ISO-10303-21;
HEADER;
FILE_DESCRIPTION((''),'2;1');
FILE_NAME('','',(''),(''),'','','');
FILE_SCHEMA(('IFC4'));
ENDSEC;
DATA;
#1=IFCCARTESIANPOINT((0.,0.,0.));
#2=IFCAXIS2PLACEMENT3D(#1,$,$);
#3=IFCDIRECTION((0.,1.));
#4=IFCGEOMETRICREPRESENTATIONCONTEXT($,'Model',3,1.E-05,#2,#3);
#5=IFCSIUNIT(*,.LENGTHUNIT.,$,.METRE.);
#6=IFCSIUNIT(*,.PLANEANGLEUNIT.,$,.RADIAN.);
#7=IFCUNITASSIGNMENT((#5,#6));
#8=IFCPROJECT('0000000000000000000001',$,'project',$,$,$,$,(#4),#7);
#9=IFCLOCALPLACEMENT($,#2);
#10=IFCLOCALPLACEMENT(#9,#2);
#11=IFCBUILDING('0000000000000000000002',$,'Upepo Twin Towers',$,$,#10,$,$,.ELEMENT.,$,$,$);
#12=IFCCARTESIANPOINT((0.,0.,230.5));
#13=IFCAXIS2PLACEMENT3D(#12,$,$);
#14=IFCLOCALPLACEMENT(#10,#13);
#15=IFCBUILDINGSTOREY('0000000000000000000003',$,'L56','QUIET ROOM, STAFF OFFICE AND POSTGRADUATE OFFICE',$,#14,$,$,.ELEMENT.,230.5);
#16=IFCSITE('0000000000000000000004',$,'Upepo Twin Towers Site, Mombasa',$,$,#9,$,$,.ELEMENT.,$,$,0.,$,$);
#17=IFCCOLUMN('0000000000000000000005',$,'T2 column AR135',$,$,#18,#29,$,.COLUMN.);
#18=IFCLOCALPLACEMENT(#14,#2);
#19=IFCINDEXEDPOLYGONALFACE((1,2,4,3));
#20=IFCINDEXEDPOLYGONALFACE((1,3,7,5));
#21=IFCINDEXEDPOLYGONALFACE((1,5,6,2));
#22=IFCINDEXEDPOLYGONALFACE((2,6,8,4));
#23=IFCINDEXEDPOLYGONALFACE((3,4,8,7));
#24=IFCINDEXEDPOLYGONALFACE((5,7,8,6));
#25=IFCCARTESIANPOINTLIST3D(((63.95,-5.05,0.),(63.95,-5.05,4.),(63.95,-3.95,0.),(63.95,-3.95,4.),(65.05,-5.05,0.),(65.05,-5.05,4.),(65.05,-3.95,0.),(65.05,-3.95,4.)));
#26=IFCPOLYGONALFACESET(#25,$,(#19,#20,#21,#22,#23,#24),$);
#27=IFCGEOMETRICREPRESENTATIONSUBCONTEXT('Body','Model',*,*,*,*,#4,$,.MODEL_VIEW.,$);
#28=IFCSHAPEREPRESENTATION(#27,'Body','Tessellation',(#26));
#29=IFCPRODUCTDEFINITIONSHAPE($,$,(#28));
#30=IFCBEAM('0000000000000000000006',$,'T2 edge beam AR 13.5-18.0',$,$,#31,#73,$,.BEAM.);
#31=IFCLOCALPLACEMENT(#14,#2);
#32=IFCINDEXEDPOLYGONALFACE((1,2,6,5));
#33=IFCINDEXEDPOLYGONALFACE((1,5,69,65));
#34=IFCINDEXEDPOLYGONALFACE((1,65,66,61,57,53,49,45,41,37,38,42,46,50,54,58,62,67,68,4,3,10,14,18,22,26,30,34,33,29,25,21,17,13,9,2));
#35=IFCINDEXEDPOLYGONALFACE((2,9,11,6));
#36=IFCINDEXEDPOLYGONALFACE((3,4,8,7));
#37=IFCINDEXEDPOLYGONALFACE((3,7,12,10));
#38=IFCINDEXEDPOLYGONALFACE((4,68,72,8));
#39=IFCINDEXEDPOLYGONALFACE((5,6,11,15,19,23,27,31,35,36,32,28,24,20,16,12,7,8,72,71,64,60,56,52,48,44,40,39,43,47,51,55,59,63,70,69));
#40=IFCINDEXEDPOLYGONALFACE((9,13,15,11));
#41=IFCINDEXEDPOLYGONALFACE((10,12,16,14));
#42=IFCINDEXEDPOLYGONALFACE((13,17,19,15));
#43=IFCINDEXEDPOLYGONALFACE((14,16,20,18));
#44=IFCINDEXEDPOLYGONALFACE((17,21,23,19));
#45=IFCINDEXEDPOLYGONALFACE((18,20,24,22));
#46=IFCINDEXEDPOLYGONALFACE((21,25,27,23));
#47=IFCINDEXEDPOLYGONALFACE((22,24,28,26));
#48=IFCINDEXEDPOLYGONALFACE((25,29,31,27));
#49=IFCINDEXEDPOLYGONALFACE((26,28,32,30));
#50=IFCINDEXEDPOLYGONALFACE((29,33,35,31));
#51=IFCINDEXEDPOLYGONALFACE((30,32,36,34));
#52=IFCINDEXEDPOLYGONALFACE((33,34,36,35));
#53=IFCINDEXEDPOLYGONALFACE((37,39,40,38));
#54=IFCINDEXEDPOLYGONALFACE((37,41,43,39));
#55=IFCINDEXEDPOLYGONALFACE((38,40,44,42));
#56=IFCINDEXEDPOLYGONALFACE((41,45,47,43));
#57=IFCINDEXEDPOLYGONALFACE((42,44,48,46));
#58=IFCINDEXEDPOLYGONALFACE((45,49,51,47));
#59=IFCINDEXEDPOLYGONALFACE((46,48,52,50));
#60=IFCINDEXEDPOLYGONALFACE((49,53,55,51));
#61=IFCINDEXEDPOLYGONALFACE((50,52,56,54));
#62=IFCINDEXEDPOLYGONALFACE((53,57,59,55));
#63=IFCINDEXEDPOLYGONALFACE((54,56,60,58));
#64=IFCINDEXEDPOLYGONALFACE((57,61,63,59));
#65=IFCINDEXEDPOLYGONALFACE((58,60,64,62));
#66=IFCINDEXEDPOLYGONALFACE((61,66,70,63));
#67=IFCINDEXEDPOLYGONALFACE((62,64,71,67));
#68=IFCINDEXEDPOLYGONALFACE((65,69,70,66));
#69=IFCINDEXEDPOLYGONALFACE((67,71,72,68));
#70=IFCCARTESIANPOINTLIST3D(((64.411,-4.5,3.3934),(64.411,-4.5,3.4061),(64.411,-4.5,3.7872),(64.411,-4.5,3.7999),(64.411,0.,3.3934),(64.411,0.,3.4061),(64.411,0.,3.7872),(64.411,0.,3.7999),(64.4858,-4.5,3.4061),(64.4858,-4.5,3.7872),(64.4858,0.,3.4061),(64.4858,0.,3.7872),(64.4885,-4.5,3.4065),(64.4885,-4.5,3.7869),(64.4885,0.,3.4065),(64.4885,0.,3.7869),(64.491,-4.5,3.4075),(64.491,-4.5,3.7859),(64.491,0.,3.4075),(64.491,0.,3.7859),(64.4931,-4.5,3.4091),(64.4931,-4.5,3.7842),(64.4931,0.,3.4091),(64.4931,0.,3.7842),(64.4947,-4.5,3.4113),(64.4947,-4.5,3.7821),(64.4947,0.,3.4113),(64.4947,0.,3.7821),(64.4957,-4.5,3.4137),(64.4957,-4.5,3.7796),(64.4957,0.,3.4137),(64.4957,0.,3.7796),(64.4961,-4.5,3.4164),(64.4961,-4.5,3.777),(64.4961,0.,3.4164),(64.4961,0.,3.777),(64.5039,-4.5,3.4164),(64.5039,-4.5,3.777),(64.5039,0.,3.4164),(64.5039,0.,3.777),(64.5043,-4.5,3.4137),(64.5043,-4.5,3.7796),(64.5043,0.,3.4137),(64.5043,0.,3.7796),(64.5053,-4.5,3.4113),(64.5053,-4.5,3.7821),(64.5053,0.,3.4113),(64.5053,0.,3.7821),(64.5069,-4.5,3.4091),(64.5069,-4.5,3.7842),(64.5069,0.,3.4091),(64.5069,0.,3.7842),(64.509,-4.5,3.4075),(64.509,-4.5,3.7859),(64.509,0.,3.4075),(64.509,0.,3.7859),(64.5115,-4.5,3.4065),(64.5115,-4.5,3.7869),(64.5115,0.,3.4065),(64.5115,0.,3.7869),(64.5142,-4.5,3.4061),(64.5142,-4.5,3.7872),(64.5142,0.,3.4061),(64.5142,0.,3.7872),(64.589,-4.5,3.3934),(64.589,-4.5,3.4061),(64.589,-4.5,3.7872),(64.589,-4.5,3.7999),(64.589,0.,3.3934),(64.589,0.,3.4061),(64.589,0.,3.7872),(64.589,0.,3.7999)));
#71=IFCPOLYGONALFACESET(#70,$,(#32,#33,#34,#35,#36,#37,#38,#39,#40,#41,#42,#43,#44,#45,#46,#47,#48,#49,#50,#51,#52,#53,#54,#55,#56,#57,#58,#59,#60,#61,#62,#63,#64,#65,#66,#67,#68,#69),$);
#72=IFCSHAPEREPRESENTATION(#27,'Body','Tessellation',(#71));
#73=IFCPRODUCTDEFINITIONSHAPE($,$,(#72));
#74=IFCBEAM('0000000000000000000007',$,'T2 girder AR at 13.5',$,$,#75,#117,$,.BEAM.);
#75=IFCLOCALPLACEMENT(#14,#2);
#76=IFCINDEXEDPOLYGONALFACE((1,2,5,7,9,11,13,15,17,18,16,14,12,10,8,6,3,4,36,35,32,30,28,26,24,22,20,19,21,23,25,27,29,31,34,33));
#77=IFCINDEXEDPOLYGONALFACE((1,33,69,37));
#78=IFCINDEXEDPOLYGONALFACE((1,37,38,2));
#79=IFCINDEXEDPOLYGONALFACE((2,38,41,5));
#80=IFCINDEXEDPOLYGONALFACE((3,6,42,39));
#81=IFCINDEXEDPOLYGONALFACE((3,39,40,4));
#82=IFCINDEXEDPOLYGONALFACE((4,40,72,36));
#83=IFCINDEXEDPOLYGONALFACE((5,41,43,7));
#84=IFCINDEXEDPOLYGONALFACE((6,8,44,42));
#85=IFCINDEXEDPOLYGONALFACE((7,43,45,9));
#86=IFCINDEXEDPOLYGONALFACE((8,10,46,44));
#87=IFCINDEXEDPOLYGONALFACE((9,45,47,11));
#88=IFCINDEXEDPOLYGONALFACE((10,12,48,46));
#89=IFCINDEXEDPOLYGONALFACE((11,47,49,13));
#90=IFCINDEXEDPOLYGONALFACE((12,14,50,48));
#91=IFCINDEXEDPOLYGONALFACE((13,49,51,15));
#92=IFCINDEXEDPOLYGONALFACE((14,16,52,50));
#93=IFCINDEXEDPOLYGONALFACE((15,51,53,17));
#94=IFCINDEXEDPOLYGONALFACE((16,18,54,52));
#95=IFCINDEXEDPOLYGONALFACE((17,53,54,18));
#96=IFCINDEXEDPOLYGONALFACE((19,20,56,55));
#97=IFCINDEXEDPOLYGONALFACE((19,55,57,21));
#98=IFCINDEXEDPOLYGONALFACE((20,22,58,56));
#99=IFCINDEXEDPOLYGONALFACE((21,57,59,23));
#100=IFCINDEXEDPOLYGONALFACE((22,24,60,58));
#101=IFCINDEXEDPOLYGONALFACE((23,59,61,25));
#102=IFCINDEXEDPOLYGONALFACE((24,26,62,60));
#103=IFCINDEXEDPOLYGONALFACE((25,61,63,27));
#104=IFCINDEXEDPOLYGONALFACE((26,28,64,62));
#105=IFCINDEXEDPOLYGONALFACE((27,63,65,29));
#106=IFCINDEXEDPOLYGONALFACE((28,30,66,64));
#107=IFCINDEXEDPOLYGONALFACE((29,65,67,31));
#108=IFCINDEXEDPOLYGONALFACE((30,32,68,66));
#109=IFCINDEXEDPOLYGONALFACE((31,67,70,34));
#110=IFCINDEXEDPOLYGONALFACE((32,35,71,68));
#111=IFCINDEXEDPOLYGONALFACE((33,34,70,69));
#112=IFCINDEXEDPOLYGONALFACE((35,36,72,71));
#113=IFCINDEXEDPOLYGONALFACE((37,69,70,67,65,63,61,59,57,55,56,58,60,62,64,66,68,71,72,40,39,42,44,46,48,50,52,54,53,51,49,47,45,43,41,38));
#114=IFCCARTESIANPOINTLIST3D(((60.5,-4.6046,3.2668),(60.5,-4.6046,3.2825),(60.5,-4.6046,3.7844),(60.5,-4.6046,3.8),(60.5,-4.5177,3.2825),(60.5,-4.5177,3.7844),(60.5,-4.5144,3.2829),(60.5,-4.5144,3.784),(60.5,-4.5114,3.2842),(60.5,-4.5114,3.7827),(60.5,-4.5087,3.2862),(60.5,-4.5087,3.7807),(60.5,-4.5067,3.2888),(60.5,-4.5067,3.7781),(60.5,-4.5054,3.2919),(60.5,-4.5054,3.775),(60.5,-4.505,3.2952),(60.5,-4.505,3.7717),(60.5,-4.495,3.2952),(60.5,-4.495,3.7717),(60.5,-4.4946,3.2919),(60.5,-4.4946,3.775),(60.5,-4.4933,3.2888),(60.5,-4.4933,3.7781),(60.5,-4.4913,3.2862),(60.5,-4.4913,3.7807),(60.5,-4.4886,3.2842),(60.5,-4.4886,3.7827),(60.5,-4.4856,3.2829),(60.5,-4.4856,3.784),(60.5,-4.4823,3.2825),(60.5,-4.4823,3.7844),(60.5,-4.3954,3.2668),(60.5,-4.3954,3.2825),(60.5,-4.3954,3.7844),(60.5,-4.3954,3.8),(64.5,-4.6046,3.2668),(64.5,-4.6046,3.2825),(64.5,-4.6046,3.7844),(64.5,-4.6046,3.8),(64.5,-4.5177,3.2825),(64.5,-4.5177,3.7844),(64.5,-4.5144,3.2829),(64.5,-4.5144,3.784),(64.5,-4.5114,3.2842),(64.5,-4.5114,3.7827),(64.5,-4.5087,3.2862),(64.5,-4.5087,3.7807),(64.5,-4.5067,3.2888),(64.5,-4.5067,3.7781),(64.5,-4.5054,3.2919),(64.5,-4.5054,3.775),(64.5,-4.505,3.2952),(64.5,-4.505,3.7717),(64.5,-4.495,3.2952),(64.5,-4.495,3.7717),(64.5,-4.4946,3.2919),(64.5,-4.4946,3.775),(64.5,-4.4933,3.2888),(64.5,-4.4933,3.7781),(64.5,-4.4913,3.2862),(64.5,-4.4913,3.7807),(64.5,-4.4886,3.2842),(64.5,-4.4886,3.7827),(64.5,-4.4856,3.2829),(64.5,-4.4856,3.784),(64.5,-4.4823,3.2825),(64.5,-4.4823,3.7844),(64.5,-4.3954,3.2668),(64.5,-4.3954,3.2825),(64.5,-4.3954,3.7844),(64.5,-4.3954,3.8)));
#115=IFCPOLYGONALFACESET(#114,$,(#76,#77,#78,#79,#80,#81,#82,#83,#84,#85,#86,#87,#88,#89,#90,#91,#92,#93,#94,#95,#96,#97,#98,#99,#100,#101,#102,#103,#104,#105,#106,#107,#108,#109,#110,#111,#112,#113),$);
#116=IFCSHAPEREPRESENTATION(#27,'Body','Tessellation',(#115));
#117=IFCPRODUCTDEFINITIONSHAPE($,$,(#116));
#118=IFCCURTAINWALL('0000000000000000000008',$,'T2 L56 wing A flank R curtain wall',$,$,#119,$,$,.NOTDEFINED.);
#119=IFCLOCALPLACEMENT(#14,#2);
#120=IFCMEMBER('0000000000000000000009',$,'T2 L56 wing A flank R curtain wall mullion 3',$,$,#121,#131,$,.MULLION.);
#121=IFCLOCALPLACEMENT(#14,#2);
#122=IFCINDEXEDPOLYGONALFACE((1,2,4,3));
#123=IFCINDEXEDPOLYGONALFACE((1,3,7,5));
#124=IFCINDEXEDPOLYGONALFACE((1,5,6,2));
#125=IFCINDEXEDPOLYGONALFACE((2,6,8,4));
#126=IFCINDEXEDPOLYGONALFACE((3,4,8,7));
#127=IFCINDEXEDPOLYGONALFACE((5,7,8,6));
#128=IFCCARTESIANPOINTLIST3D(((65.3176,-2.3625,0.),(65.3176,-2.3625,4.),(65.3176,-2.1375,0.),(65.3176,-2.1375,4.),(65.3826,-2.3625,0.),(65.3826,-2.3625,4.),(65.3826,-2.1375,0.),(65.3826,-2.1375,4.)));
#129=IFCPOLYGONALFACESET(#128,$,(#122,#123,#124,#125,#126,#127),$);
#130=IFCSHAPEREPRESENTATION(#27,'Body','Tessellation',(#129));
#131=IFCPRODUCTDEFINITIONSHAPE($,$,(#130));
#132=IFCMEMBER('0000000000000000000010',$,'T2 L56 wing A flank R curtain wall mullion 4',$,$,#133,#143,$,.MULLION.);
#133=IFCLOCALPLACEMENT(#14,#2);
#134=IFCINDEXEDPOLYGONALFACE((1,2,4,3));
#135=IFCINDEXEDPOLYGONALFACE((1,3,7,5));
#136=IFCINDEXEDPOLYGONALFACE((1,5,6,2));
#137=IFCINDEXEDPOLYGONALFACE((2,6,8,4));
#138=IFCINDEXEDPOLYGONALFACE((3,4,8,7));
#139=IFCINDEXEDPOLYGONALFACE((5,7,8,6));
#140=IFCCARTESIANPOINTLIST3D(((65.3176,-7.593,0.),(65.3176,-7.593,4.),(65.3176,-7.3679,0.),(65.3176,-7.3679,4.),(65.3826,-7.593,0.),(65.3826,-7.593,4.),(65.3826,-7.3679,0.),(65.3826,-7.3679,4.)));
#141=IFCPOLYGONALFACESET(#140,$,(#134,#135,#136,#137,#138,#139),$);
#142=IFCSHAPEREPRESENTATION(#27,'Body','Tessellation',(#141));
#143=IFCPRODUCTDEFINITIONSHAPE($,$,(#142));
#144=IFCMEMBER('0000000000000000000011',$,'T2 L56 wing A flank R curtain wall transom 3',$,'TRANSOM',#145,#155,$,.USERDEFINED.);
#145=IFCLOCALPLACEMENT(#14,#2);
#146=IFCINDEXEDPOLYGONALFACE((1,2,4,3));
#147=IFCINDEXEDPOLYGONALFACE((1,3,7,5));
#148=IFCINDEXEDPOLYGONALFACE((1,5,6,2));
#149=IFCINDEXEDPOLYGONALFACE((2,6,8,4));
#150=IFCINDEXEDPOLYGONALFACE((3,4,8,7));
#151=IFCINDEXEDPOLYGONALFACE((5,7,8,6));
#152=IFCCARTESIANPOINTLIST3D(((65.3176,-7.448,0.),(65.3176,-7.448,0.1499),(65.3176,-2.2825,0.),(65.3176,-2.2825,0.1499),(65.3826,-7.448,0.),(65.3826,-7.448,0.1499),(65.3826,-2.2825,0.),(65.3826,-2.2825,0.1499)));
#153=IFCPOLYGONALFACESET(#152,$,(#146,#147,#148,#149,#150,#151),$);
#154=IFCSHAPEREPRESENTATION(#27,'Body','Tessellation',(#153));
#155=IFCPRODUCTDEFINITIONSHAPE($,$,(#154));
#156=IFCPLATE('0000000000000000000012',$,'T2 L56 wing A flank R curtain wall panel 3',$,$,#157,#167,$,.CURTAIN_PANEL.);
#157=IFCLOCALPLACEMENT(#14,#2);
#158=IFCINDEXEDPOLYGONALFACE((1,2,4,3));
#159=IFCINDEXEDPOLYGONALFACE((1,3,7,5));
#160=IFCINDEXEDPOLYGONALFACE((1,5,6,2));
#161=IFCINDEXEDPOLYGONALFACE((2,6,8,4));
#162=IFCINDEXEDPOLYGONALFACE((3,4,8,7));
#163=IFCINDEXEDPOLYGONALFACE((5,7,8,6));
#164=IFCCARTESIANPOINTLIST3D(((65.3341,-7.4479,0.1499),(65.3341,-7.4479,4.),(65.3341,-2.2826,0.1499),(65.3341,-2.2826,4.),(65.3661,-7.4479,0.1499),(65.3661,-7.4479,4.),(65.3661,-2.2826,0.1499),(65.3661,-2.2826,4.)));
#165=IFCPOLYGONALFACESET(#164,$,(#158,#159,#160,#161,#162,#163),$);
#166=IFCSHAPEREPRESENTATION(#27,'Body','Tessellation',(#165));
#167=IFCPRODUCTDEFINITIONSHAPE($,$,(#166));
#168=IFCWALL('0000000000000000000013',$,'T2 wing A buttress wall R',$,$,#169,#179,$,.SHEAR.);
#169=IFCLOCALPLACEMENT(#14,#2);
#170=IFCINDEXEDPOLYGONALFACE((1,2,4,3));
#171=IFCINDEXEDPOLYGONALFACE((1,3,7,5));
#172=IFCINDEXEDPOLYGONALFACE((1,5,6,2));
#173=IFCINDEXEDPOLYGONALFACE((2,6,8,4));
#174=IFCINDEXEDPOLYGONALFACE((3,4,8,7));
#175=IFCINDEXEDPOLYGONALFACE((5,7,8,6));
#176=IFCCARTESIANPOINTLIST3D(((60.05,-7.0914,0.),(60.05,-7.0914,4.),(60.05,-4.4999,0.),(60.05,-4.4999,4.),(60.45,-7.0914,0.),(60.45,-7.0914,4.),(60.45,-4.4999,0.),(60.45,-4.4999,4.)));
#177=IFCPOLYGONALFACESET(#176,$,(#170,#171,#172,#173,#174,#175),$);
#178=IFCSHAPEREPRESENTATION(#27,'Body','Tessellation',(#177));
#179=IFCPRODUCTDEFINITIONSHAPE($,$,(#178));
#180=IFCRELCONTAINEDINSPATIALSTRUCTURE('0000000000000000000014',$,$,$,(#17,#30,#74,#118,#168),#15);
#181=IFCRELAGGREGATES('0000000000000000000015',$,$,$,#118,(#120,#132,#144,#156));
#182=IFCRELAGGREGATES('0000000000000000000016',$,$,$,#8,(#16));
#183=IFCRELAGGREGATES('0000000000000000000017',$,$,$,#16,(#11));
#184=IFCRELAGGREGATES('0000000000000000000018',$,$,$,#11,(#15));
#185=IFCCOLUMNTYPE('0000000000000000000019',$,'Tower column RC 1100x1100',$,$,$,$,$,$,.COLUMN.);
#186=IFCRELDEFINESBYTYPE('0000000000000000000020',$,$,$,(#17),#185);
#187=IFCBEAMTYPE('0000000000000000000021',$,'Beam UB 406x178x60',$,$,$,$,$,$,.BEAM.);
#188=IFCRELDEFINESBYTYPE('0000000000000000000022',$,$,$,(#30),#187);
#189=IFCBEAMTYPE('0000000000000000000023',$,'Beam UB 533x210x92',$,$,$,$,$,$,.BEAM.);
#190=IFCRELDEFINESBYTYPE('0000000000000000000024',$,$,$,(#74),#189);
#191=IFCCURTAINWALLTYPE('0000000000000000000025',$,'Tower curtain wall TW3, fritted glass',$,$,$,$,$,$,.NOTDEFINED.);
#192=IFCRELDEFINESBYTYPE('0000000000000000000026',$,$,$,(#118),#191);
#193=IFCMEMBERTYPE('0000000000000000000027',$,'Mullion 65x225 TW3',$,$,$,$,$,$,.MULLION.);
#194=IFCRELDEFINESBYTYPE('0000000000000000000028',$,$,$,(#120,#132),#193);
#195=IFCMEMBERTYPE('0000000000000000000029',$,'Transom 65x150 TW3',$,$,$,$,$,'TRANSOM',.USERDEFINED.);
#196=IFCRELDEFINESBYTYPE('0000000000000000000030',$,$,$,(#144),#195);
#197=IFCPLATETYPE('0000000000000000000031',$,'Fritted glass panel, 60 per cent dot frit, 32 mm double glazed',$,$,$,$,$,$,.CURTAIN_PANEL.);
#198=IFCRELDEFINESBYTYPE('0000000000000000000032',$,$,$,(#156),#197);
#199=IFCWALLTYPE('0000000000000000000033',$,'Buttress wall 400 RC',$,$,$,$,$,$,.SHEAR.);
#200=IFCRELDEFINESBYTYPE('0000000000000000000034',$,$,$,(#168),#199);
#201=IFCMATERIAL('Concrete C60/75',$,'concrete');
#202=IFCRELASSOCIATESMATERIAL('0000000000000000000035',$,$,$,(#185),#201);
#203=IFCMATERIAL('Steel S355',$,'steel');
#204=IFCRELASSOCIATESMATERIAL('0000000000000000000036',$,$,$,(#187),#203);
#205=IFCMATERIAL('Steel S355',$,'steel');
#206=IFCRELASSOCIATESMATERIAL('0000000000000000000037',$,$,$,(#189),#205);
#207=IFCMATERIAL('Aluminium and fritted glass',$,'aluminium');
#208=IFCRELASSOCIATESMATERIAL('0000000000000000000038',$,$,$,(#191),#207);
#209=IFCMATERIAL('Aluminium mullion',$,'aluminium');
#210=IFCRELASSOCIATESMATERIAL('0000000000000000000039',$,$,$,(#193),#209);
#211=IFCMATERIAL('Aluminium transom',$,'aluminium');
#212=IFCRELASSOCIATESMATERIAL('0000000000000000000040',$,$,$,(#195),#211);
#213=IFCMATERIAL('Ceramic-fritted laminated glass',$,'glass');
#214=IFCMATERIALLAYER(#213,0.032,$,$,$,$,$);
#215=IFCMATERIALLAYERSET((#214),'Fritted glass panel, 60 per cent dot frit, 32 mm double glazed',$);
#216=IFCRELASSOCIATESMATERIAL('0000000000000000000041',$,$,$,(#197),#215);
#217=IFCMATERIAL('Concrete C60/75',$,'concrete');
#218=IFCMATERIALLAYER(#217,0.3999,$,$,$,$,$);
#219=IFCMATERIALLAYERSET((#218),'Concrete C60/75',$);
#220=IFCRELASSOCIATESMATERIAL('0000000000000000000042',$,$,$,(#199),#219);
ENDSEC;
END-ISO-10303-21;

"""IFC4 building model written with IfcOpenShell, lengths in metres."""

from ifc_helpers import new_model, si_unit, direction, frame, frame_2d, origin, origin_2d, place, context, subcontext, project, spatial, rectangle, i_section, extrude, material, layer, layer_set, material_profile, profile_set, type_object, element, aggregate, save


model = new_model("IFC4")

# Units and contexts
model_context = context("Model", 3, precision=1e-05, world=origin(), true_north=direction((0.0, 1.0)))
body_context = subcontext(model_context, "Body", "Model", "MODEL_VIEW")
ifc_project = project(units=[si_unit("LENGTHUNIT", "METRE"), si_unit("PLANEANGLEUNIT", "RADIAN")], contexts=[model_context])

# Site, building, storey
site_placement = place(None, origin())
site = spatial("IfcSite", under=ifc_project, at=site_placement, Name="Upepo Twin Towers Site, Mombasa", CompositionType="ELEMENT", RefElevation=0.0)
building_placement = place(site_placement, origin())
building = spatial("IfcBuilding", under=site, at=building_placement, Name="Upepo Twin Towers", CompositionType="ELEMENT")
storey_placement = place(building_placement, frame((0.0, 0.0, 230.5)))
storey = spatial("IfcBuildingStorey", under=building, at=storey_placement, Name="L56", Description="QUIET ROOM, STAFF OFFICE AND POSTGRADUATE OFFICE", CompositionType="ELEMENT", Elevation=230.5)

# Column
ifc_material_1 = material(Name="Concrete C60/75", Category="concrete")
ifc_material_profile_1 = material_profile(ifc_material_1, rectangle(XDim=1.1001, YDim=1.1001, at=origin_2d()), Name="RC 1100x1100")
ifc_profile_set_1 = profile_set([ifc_material_profile_1], Name="Concrete C60/75")
column_type = type_object("IfcColumnType", Name="Tower column RC 1100x1100", PredefinedType="COLUMN", material=ifc_profile_set_1)
column_placement = place(storey_placement, frame((64.5, -4.5, 0.0), z_axis=(0.0, 0.0, 1.0), x_axis=(1.0, 0.0, 0.0)))
element("IfcColumn", 1, at=column_placement, inside=storey, type_object=column_type, Name="T2 column AR135", PredefinedType="COLUMN", context=body_context, shape_type="SweptSolid", body=[
    extrude(rectangle(XDim=1.1001, YDim=1.1001, at=origin_2d()), origin(), (0.0, 0.0, 1.0), 4.0),
])

# Beams
ifc_material_2 = material(Name="Steel S355", Category="steel")
ifc_material_profile_2 = material_profile(ifc_material_2, i_section(OverallWidth=0.178, OverallDepth=0.4065, WebThickness=0.0078, FlangeThickness=0.0127, FilletRadius=0.0103, at=origin_2d()), Name="UB 406x178x60")
ifc_profile_set_2 = profile_set([ifc_material_profile_2], Name="Steel S355")
beam_type_1 = type_object("IfcBeamType", Name="Beam UB 406x178x60", PredefinedType="BEAM", material=ifc_profile_set_2)
beam_1_placement = place(storey_placement, frame((64.5, -4.5, 3.5967), z_axis=(0.0, 1.0, 0.0), x_axis=(-1.0, 0.0, 0.0)))
element("IfcBeam", 2, at=beam_1_placement, inside=storey, type_object=beam_type_1, Name="T2 edge beam AR 13.5-18.0", PredefinedType="BEAM", context=body_context, shape_type="SweptSolid", body=[
    extrude(i_section(OverallWidth=0.178, OverallDepth=0.4065, WebThickness=0.0078, FlangeThickness=0.0127, FilletRadius=0.0103, at=origin_2d()), origin(), (0.0, 0.0, 1.0), 4.5),
])
ifc_material_3 = material(Name="Steel S355", Category="steel")
ifc_material_profile_3 = material_profile(ifc_material_3, i_section(OverallWidth=0.2092, OverallDepth=0.5332, WebThickness=0.01, FlangeThickness=0.0156, FilletRadius=0.0127, at=origin_2d()), Name="UB 533x210x92")
ifc_profile_set_3 = profile_set([ifc_material_profile_3], Name="Steel S355")
beam_type_2 = type_object("IfcBeamType", Name="Beam UB 533x210x92", PredefinedType="BEAM", material=ifc_profile_set_3)
beam_2_placement = place(storey_placement, frame((64.5, -4.5, 3.5334), z_axis=(-1.0, 0.0, 0.0), x_axis=(0.0, -1.0, 0.0)))
element("IfcBeam", 3, at=beam_2_placement, inside=storey, type_object=beam_type_2, Name="T2 girder AR at 13.5", PredefinedType="BEAM", context=body_context, shape_type="SweptSolid", body=[
    extrude(i_section(OverallWidth=0.2092, OverallDepth=0.5332, WebThickness=0.01, FlangeThickness=0.0156, FilletRadius=0.0127, at=origin_2d()), origin(), (0.0, 0.0, 1.0), 4.0),
])

# Curtain wall, members, plate
ifc_material_4 = material(Name="Aluminium and fritted glass", Category="aluminium")
curtain_wall_type = type_object("IfcCurtainWallType", Name="Tower curtain wall TW3, fritted glass", PredefinedType="NOTDEFINED", material=ifc_material_4)
curtain_wall_placement = place(storey_placement, origin())
curtain_wall = element("IfcCurtainWall", 4, at=curtain_wall_placement, inside=storey, type_object=curtain_wall_type, Name="T2 L56 wing A flank R curtain wall", PredefinedType="NOTDEFINED")
ifc_material_5 = material(Name="Aluminium mullion", Category="aluminium")
ifc_material_profile_4 = material_profile(ifc_material_5, rectangle(XDim=0.0649, YDim=0.2251, at=origin_2d()), Name="MULLION 65x225")
ifc_profile_set_4 = profile_set([ifc_material_profile_4], Name="Aluminium mullion")
member_type_1 = type_object("IfcMemberType", Name="Mullion 65x225 TW3", PredefinedType="MULLION", material=ifc_profile_set_4)
member_1_placement = place(storey_placement, frame((65.3501, -2.25, 0.0), z_axis=(0.0, 0.0, 1.0), x_axis=(1.0, 0.0, 0.0)))
member_1 = element("IfcMember", 5, at=member_1_placement, type_object=member_type_1, Name="T2 L56 wing A flank R curtain wall mullion 3", PredefinedType="MULLION", context=body_context, shape_type="SweptSolid", body=[
    extrude(rectangle(XDim=0.0649, YDim=0.2251, at=origin_2d()), origin(), (0.0, 0.0, 1.0), 4.0),
])
member_2_placement = place(storey_placement, frame((65.3501, -7.4805, 0.0), z_axis=(0.0, 0.0, 1.0), x_axis=(1.0, 0.0, 0.0)))
member_2 = element("IfcMember", 6, at=member_2_placement, type_object=member_type_1, Name="T2 L56 wing A flank R curtain wall mullion 4", PredefinedType="MULLION", context=body_context, shape_type="SweptSolid", body=[
    extrude(rectangle(XDim=0.0649, YDim=0.2251, at=origin_2d()), origin(), (0.0, 0.0, 1.0), 4.0),
])
ifc_material_6 = material(Name="Aluminium transom", Category="aluminium")
ifc_material_profile_5 = material_profile(ifc_material_6, rectangle(XDim=0.0649, YDim=0.1499, at=origin_2d()), Name="TRANSOM 65x150")
ifc_profile_set_5 = profile_set([ifc_material_profile_5], Name="Aluminium transom")
member_type_2 = type_object("IfcMemberType", Name="Transom 65x150 TW3", ElementType="TRANSOM", PredefinedType="USERDEFINED", material=ifc_profile_set_5)
member_3_placement = place(storey_placement, frame((65.3501, -2.2825, 0.075), z_axis=(0.0, -1.0, 0.0), x_axis=(1.0, 0.0, 0.0)))
member_3 = element("IfcMember", 7, at=member_3_placement, type_object=member_type_2, Name="T2 L56 wing A flank R curtain wall transom 3", ObjectType="TRANSOM", PredefinedType="USERDEFINED", context=body_context, shape_type="SweptSolid", body=[
    extrude(rectangle(XDim=0.0649, YDim=0.1499, at=origin_2d()), origin(), (0.0, 0.0, 1.0), 5.1655),
])
ifc_material_7 = material(Name="Ceramic-fritted laminated glass", Category="glass")
ifc_layer_1 = layer(ifc_material_7, 0.032)
ifc_layer_set_1 = layer_set([ifc_layer_1], Name="Fritted glass panel, 60 per cent dot frit, 32 mm double glazed")
plate_type = type_object("IfcPlateType", Name="Fritted glass panel, 60 per cent dot frit, 32 mm double glazed", PredefinedType="CURTAIN_PANEL", material=ifc_layer_set_1)
plate_placement = place(storey_placement, frame((65.3501, -4.8652, 0.1499), z_axis=(0.0, 0.0, 1.0), x_axis=(0.0, -1.0, 0.0)))
plate = element("IfcPlate", 8, at=plate_placement, type_object=plate_type, Name="T2 L56 wing A flank R curtain wall panel 3", PredefinedType="CURTAIN_PANEL", context=body_context, shape_type="SweptSolid", body=[
    extrude(rectangle(XDim=5.1653, YDim=0.032, at=origin_2d()), origin(), (0.0, 0.0, 1.0), 3.8501),
])
aggregate(curtain_wall, [member_1, member_2, member_3, plate])

# Wall
ifc_material_8 = material(Name="Concrete C60/75", Category="concrete")
ifc_layer_2 = layer(ifc_material_8, 0.3999)
ifc_layer_set_2 = layer_set([ifc_layer_2], Name="Concrete C60/75")
wall_type_1 = type_object("IfcWallType", Name="Buttress wall 400 RC", PredefinedType="SHEAR", material=ifc_layer_set_2)
wall_1_placement = place(storey_placement, frame((60.25, -7.0916, 0.0), z_axis=(0.0, 0.0, 1.0), x_axis=(0.0, 1.0, 0.0)))
element("IfcWall", 9, at=wall_1_placement, inside=storey, type_object=wall_type_1, Name="T2 wing A buttress wall R", PredefinedType="SHEAR", context=body_context, shape_type="SweptSolid", body=[
    extrude(rectangle(XDim=2.5916, YDim=0.3999, at=frame_2d((1.2959, 0.0))), origin(), (0.0, 0.0, 1.0), 4.0),
])

save(model, "model.ifc")
